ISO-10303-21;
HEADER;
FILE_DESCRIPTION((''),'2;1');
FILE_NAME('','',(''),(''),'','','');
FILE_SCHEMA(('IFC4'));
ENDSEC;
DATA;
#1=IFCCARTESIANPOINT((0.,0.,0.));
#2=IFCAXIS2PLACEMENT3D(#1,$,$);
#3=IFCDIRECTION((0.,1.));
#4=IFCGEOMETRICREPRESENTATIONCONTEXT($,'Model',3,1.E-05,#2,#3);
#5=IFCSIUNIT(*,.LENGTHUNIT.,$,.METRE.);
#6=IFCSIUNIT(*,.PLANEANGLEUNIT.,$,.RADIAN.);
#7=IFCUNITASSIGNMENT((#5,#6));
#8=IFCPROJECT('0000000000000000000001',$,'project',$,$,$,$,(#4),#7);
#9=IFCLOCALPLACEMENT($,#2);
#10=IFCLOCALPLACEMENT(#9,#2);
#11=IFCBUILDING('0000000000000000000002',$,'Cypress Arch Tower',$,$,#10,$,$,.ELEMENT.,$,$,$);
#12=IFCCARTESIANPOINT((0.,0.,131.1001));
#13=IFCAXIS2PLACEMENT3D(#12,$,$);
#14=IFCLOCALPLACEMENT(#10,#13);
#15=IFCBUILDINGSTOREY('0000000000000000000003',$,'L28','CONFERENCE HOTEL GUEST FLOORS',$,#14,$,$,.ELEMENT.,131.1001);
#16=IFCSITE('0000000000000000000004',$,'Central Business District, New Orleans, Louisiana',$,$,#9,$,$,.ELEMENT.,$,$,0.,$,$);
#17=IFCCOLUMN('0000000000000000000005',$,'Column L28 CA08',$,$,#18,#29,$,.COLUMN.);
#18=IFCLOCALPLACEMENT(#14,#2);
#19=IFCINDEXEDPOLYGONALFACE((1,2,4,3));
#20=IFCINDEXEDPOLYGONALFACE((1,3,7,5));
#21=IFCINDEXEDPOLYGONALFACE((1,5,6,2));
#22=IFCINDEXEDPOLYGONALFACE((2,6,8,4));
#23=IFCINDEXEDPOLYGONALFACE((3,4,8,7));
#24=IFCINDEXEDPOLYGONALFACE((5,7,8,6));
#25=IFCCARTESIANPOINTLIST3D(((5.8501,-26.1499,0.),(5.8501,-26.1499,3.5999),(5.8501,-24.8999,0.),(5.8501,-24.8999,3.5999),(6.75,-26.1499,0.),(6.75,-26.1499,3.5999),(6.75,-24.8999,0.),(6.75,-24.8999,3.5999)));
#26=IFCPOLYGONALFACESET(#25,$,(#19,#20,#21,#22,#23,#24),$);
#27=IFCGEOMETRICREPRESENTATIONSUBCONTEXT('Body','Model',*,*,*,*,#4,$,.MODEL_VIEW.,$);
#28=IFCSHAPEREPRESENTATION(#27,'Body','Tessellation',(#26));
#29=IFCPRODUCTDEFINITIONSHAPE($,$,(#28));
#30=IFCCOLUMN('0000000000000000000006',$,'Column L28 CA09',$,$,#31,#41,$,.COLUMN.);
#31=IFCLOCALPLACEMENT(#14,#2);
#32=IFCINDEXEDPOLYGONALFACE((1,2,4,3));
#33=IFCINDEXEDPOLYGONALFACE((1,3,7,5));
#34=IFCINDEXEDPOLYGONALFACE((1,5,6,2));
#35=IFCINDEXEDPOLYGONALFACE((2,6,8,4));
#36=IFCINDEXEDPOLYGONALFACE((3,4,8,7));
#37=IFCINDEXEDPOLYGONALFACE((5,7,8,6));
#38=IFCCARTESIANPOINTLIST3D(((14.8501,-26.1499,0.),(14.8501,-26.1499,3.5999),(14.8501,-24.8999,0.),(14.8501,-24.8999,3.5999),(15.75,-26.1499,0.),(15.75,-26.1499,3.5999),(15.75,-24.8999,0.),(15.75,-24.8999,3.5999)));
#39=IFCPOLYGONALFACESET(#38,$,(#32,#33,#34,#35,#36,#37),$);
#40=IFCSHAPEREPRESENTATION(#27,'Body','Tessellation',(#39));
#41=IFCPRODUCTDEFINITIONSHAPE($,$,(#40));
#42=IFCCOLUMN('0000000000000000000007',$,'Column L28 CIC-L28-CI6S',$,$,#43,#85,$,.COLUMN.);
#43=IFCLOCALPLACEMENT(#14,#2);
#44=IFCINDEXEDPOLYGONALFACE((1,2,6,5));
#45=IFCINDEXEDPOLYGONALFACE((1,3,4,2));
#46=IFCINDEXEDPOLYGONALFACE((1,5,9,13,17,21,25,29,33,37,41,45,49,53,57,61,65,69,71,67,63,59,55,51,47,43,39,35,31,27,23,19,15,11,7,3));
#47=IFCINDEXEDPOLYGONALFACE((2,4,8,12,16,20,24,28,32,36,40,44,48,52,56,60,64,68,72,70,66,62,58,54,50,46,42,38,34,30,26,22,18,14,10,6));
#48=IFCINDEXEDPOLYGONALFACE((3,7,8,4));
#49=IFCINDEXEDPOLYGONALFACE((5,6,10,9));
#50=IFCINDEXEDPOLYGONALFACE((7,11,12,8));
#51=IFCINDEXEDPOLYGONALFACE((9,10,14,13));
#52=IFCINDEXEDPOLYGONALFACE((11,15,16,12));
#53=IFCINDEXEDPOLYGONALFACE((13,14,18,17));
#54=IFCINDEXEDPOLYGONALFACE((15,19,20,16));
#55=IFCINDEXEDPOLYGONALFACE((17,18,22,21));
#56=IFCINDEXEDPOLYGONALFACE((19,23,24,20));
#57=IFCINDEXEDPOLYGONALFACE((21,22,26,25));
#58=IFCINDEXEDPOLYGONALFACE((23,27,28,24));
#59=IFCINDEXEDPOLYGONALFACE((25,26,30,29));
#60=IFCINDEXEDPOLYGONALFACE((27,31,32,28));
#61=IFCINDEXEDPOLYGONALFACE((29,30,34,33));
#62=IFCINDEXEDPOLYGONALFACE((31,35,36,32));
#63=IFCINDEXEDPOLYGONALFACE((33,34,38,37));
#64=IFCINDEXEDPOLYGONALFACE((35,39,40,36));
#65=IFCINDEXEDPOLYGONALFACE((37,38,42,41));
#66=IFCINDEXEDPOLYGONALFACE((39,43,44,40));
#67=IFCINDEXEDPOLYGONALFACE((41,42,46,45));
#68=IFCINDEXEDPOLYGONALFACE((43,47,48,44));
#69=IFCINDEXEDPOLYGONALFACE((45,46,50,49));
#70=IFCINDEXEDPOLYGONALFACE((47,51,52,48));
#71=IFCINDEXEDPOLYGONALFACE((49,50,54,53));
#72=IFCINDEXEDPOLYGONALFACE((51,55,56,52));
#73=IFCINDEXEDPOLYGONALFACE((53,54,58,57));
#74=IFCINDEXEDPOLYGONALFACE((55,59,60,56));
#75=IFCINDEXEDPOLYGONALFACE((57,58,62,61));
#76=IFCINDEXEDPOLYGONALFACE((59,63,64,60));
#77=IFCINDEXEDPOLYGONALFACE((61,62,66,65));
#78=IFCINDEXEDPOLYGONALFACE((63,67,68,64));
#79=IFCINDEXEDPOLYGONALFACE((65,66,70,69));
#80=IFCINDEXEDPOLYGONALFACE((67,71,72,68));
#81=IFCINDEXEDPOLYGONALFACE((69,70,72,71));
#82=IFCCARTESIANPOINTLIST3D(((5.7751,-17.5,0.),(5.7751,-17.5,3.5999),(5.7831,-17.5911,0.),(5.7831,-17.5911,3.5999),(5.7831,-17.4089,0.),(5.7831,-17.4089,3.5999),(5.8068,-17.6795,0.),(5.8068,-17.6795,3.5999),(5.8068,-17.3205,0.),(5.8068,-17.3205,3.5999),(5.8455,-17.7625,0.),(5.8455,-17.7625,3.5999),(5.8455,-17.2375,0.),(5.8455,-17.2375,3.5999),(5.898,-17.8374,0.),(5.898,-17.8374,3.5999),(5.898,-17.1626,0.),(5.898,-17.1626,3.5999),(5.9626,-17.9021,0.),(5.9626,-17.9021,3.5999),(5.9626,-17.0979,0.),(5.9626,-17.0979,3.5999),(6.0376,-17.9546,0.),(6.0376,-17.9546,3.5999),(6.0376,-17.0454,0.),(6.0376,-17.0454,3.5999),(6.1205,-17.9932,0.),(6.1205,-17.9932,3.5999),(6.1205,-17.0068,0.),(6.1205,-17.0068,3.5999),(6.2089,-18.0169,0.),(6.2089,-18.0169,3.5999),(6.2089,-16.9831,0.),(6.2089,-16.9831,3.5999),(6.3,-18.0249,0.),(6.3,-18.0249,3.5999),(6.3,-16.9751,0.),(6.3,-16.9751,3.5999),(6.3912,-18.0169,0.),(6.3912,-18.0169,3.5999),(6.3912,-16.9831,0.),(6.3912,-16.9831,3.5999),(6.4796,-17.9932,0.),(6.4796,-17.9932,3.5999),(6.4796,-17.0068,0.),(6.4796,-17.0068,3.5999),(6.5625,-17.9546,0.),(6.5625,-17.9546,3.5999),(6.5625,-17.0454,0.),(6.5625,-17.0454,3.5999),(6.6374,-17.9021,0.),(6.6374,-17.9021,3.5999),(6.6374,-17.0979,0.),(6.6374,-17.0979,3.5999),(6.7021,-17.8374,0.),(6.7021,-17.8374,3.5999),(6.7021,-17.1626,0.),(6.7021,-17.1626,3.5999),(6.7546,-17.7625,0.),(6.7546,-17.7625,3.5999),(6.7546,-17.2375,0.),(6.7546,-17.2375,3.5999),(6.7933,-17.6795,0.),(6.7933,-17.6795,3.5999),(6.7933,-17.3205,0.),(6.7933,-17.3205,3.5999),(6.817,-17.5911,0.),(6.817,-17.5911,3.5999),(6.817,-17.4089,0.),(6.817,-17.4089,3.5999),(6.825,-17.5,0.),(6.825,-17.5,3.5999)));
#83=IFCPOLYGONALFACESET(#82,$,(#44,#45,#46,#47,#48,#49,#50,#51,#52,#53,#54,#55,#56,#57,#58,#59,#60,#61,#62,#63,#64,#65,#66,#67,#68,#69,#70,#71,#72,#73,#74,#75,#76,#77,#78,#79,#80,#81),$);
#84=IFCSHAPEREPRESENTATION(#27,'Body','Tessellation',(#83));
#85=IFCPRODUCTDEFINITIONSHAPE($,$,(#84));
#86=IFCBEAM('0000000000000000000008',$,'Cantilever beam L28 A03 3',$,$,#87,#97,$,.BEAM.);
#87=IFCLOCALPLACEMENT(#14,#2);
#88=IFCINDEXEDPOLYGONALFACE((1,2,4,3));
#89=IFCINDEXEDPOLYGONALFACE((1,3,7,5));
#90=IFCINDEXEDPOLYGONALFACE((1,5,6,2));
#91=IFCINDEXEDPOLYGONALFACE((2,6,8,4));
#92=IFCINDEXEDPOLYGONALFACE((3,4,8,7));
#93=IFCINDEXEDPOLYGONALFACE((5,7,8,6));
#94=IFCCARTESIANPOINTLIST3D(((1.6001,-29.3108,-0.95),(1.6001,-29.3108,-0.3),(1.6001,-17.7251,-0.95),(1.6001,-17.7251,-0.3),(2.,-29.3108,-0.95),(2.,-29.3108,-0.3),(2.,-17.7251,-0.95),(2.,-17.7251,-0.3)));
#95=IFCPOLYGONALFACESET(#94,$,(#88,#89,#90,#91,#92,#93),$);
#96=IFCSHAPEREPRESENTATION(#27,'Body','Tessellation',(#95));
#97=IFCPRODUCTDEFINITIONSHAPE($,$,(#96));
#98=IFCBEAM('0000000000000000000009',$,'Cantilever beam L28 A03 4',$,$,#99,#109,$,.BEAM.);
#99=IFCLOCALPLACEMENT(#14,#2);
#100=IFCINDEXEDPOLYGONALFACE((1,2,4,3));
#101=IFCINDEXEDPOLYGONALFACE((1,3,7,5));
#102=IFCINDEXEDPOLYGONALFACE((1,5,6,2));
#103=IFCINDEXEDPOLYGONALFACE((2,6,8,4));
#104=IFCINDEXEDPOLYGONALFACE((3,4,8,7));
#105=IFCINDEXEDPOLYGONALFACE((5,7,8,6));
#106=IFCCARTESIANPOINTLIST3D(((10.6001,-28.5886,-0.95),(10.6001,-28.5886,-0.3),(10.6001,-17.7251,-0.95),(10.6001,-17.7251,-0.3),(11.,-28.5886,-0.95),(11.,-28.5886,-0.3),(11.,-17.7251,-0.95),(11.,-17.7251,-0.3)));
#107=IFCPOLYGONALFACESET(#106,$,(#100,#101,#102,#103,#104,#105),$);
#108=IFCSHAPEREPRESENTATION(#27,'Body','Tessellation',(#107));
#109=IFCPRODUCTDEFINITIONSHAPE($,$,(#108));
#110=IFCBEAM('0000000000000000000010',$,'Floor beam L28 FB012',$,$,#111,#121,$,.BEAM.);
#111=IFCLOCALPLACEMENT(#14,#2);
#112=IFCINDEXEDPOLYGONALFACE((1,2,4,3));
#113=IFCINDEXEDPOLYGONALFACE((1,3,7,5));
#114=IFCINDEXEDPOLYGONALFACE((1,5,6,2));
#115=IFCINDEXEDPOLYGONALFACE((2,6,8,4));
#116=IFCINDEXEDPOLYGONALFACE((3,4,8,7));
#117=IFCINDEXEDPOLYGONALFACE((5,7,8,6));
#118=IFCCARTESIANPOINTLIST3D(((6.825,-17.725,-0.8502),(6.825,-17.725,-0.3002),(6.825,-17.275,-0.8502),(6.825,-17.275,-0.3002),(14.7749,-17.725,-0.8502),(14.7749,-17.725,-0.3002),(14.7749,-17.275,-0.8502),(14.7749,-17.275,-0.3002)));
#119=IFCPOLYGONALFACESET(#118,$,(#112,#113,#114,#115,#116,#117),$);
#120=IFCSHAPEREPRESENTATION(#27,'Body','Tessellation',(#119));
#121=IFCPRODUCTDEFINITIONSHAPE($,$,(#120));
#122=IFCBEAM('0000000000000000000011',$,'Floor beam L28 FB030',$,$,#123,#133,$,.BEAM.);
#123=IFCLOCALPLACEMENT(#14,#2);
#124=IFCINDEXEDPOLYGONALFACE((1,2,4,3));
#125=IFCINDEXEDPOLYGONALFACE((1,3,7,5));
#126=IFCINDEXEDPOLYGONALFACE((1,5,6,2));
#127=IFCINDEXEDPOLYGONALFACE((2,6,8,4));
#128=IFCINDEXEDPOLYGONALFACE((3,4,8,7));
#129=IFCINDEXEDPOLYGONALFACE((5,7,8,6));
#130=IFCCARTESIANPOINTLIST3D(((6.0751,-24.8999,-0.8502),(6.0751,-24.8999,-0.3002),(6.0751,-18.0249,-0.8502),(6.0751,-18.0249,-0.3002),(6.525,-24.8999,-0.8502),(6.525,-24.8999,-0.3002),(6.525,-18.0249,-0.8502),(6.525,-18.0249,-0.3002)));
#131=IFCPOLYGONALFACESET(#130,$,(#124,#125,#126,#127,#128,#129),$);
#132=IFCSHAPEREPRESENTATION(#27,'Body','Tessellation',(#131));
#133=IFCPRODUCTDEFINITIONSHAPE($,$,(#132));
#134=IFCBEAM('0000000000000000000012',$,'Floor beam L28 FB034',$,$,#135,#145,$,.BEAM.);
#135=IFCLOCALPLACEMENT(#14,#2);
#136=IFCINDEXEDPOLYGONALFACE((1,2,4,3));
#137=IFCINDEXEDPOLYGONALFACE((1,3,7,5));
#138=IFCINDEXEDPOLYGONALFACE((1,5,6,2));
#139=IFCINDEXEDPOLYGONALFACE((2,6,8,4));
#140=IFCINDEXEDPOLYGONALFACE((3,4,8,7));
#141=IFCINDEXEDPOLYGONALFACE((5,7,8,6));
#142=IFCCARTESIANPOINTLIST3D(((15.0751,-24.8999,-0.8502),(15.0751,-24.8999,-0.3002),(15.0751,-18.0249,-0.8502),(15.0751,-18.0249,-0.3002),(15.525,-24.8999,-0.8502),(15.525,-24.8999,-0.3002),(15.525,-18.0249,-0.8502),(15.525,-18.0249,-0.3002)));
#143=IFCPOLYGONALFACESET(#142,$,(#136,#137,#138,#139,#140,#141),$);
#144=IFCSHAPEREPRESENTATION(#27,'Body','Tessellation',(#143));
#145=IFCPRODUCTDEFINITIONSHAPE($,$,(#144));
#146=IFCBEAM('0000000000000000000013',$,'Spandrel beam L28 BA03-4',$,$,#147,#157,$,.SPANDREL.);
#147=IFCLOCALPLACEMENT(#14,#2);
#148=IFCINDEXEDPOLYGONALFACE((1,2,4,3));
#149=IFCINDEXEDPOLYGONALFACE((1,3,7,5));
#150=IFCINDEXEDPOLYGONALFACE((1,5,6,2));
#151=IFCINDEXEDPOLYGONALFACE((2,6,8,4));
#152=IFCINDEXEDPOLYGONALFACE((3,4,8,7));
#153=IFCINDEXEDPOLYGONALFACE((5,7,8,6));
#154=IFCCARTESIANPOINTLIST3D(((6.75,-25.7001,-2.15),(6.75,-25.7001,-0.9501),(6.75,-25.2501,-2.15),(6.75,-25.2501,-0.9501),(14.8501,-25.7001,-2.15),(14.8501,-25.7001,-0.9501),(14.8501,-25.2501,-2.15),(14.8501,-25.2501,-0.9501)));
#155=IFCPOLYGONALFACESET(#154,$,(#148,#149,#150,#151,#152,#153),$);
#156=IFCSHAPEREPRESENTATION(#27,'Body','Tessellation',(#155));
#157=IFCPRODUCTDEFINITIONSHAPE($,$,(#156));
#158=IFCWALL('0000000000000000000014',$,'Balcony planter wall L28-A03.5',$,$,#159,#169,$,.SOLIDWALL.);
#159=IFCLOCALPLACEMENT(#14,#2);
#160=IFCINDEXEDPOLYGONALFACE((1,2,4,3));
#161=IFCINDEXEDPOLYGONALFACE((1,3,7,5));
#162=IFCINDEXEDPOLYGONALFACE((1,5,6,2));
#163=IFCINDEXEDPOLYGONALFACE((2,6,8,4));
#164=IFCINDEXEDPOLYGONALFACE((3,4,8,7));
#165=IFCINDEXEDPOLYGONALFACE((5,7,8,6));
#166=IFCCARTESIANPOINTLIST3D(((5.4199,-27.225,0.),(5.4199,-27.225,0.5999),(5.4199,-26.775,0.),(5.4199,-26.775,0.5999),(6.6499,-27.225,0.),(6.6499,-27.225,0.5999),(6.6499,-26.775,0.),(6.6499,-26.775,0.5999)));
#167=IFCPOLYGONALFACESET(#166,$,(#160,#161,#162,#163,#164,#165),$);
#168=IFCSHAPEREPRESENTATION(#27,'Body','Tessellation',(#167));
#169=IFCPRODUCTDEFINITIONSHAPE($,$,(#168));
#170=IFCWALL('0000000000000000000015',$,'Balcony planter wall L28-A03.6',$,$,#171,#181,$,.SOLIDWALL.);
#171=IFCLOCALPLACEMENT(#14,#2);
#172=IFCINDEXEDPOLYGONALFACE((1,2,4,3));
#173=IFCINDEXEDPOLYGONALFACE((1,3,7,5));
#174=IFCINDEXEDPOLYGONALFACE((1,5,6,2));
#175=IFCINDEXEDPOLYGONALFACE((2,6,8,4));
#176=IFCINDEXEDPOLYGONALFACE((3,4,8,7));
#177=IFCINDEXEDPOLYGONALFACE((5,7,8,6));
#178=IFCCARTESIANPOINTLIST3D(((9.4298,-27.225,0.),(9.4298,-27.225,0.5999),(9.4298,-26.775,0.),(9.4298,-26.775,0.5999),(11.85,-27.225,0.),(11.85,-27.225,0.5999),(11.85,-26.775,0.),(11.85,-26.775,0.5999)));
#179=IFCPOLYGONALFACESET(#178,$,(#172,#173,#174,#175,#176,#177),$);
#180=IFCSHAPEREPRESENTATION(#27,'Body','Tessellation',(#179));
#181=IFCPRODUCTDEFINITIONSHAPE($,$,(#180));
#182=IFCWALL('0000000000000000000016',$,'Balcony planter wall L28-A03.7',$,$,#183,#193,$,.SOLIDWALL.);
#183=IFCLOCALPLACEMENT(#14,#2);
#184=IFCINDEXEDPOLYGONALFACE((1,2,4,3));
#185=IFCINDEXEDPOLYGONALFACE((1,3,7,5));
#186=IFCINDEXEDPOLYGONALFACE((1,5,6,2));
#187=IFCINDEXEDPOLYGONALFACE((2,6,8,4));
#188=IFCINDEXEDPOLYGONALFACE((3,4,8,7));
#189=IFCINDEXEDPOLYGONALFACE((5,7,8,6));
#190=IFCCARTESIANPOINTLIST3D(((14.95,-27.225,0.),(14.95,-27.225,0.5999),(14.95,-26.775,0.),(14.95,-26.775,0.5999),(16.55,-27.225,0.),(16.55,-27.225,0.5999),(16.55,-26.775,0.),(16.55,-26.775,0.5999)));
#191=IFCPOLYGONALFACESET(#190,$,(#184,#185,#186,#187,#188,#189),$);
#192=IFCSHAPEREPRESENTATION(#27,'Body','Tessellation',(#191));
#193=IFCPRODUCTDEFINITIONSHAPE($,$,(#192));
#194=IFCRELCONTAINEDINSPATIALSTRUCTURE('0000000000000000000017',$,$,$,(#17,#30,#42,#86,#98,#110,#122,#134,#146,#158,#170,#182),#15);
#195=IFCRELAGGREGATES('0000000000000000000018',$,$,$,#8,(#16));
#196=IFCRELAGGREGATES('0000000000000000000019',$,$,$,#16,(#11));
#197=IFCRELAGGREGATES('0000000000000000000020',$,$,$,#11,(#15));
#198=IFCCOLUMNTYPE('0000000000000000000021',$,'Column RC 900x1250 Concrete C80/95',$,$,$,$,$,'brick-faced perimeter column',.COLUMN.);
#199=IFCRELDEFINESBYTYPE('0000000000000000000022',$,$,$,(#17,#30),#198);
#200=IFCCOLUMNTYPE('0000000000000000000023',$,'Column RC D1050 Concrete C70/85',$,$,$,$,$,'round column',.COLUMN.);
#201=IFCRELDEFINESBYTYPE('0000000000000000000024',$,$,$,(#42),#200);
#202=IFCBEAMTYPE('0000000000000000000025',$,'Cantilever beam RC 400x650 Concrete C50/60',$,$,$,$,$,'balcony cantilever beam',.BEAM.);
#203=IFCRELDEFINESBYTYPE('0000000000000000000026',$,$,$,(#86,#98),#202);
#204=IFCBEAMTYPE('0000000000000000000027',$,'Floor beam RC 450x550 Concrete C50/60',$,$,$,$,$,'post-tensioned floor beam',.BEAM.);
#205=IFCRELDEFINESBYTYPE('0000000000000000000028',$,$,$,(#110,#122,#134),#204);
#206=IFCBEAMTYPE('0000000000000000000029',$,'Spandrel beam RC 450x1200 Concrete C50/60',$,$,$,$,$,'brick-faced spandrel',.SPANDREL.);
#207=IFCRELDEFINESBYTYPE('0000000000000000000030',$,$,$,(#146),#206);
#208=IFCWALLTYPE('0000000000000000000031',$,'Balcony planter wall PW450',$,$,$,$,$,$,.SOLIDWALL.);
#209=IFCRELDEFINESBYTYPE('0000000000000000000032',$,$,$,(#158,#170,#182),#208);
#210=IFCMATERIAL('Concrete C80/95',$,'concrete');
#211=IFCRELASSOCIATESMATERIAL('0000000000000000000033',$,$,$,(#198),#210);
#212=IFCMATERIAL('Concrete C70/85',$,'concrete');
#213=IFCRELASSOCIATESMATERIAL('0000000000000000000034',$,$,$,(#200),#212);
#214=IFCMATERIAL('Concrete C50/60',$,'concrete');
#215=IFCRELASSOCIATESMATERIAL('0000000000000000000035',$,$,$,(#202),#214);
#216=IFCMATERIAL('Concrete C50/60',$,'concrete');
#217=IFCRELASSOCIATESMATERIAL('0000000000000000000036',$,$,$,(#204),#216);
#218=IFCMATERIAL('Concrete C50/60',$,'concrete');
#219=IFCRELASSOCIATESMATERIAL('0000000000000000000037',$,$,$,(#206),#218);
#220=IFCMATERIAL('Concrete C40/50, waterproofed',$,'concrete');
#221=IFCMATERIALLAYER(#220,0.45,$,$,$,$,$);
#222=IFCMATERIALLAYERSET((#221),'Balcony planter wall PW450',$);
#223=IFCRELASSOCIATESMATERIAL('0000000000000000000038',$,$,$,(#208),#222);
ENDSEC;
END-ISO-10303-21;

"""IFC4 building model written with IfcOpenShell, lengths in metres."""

from ifc_helpers import new_model, si_unit, direction, frame, frame_2d, origin, origin_2d, place, context, subcontext, project, spatial, rectangle, circle, extrude, material, layer, layer_set, material_profile, profile_set, type_object, element, save


model = new_model("IFC4")

# Units and contexts
model_context = context("Model", 3, precision=1e-05, world=origin(), true_north=direction((0.0, 1.0)))
body_context = subcontext(model_context, "Body", "Model", "MODEL_VIEW")
ifc_project = project(units=[si_unit("LENGTHUNIT", "METRE"), si_unit("PLANEANGLEUNIT", "RADIAN")], contexts=[model_context])

# Site, building, storey
site_placement = place(None, origin())
site = spatial("IfcSite", under=ifc_project, at=site_placement, Name="Central Business District, New Orleans, Louisiana", CompositionType="ELEMENT", RefElevation=0.0)
building_placement = place(site_placement, origin())
building = spatial("IfcBuilding", under=site, at=building_placement, Name="Cypress Arch Tower", CompositionType="ELEMENT")
storey_placement = place(building_placement, frame((0.0, 0.0, 131.1001)))
storey = spatial("IfcBuildingStorey", under=building, at=storey_placement, Name="L28", Description="CONFERENCE HOTEL GUEST FLOORS", CompositionType="ELEMENT", Elevation=131.1001)

# Columns
ifc_material_1 = material(Name="Concrete C80/95", Category="concrete")
ifc_material_profile_1 = material_profile(ifc_material_1, rectangle(XDim=0.8999, YDim=1.25, at=origin_2d()), Name="RC 900x1250")
ifc_profile_set_1 = profile_set([ifc_material_profile_1], Name="Concrete C80/95")
column_type_1 = type_object("IfcColumnType", Name="Column RC 900x1250 Concrete C80/95", ElementType="brick-faced perimeter column", PredefinedType="COLUMN", material=ifc_profile_set_1)
for number, where, z_axis, x_axis, name in (
    (1, (6.3, -25.5249, 0.0), (0.0, 0.0, 1.0), (1.0, 0.0, 0.0), "Column L28 CA08"),
    (2, (15.3, -25.5249, 0.0), (0.0, 0.0, 1.0), (1.0, 0.0, 0.0), "Column L28 CA09"),
):
    element("IfcColumn", number, at=place(storey_placement, frame(where, z_axis=z_axis, x_axis=x_axis)), inside=storey, type_object=column_type_1, Name=name, PredefinedType="COLUMN", context=body_context, shape_type="SweptSolid", body=[
        extrude(rectangle(XDim=0.8999, YDim=1.25, at=origin_2d()), origin(), (0.0, 0.0, 1.0), 3.5999),
    ])
ifc_material_2 = material(Name="Concrete C70/85", Category="concrete")
ifc_material_profile_2 = material_profile(ifc_material_2, circle(Radius=0.5249, at=origin_2d()), Name="RC D1050")
ifc_profile_set_2 = profile_set([ifc_material_profile_2], Name="Concrete C70/85")
column_type_2 = type_object("IfcColumnType", Name="Column RC D1050 Concrete C70/85", ElementType="round column", PredefinedType="COLUMN", material=ifc_profile_set_2)
column_placement = place(storey_placement, frame((6.3, -17.5, 0.0), z_axis=(0.0, 0.0, 1.0), x_axis=(1.0, 0.0, 0.0)))
element("IfcColumn", 3, at=column_placement, inside=storey, type_object=column_type_2, Name="Column L28 CIC-L28-CI6S", PredefinedType="COLUMN", context=body_context, shape_type="SweptSolid", body=[
    extrude(circle(Radius=0.5249, at=origin_2d()), origin(), (0.0, 0.0, 1.0), 3.5999),
])

# Beams
ifc_material_3 = material(Name="Concrete C50/60", Category="concrete")
ifc_material_profile_3 = material_profile(ifc_material_3, rectangle(XDim=0.3999, YDim=0.6499, at=origin_2d()), Name="RC 400x650")
ifc_profile_set_3 = profile_set([ifc_material_profile_3], Name="Concrete C50/60")
beam_type_1 = type_object("IfcBeamType", Name="Cantilever beam RC 400x650 Concrete C50/60", ElementType="balcony cantilever beam", PredefinedType="BEAM", material=ifc_profile_set_3)
beam_1_placement = place(storey_placement, frame((1.8, -17.7251, -0.625), z_axis=(0.0, -1.0, 0.0), x_axis=(1.0, 0.0, 0.0)))
element("IfcBeam", 4, at=beam_1_placement, inside=storey, type_object=beam_type_1, Name="Cantilever beam L28 A03 3", PredefinedType="BEAM", context=body_context, shape_type="SweptSolid", body=[
    extrude(rectangle(XDim=0.3999, YDim=0.6499, at=origin_2d()), origin(), (0.0, 0.0, 1.0), 11.5857),
])
beam_2_placement = place(storey_placement, frame((10.8, -17.7251, -0.625), z_axis=(0.0, -1.0, 0.0), x_axis=(1.0, 0.0, 0.0)))
element("IfcBeam", 5, at=beam_2_placement, inside=storey, type_object=beam_type_1, Name="Cantilever beam L28 A03 4", PredefinedType="BEAM", context=body_context, shape_type="SweptSolid", body=[
    extrude(rectangle(XDim=0.3999, YDim=0.6499, at=origin_2d()), origin(), (0.0, 0.0, 1.0), 10.8635),
])
ifc_material_4 = material(Name="Concrete C50/60", Category="concrete")
ifc_material_profile_4 = material_profile(ifc_material_4, rectangle(XDim=0.45, YDim=0.55, at=origin_2d()), Name="RC 450x550")
ifc_profile_set_4 = profile_set([ifc_material_profile_4], Name="Concrete C50/60")
beam_type_2 = type_object("IfcBeamType", Name="Floor beam RC 450x550 Concrete C50/60", ElementType="post-tensioned floor beam", PredefinedType="BEAM", material=ifc_profile_set_4)
beam_3_placement = place(storey_placement, frame((6.825, -17.5, -0.5752), z_axis=(1.0, 0.0, 0.0), x_axis=(0.0, 1.0, 0.0)))
element("IfcBeam", 6, at=beam_3_placement, inside=storey, type_object=beam_type_2, Name="Floor beam L28 FB012", PredefinedType="BEAM", context=body_context, shape_type="SweptSolid", body=[
    extrude(rectangle(XDim=0.45, YDim=0.55, at=origin_2d()), origin(), (0.0, 0.0, 1.0), 7.95),
])
for number, where, z_axis, x_axis, name in (
    (7, (6.3, -24.8999, -0.5752), (0.0, 1.0, 0.0), (-1.0, 0.0, 0.0), "Floor beam L28 FB030"),
    (8, (15.3, -24.8999, -0.5752), (0.0, 1.0, 0.0), (-1.0, 0.0, 0.0), "Floor beam L28 FB034"),
):
    element("IfcBeam", number, at=place(storey_placement, frame(where, z_axis=z_axis, x_axis=x_axis)), inside=storey, type_object=beam_type_2, Name=name, PredefinedType="BEAM", context=body_context, shape_type="SweptSolid", body=[
        extrude(rectangle(XDim=0.45, YDim=0.55, at=origin_2d()), origin(), (0.0, 0.0, 1.0), 6.875),
    ])
ifc_material_5 = material(Name="Concrete C50/60", Category="concrete")
ifc_material_profile_5 = material_profile(ifc_material_5, rectangle(XDim=0.45, YDim=1.2, at=origin_2d()), Name="RC 450x1200")
ifc_profile_set_5 = profile_set([ifc_material_profile_5], Name="Concrete C50/60")
beam_type_3 = type_object("IfcBeamType", Name="Spandrel beam RC 450x1200 Concrete C50/60", ElementType="brick-faced spandrel", PredefinedType="SPANDREL", material=ifc_profile_set_5)
beam_4_placement = place(storey_placement, frame((6.75, -25.4751, -1.55), z_axis=(1.0, 0.0, 0.0), x_axis=(0.0, 1.0, 0.0)))
element("IfcBeam", 9, at=beam_4_placement, inside=storey, type_object=beam_type_3, Name="Spandrel beam L28 BA03-4", PredefinedType="SPANDREL", context=body_context, shape_type="SweptSolid", body=[
    extrude(rectangle(XDim=0.45, YDim=1.2, at=origin_2d()), origin(), (0.0, 0.0, 1.0), 8.1001),
])

# Walls
ifc_material_6 = material(Name="Concrete C40/50, waterproofed", Category="concrete")
ifc_layer_1 = layer(ifc_material_6, 0.45)
ifc_layer_set_1 = layer_set([ifc_layer_1], Name="Balcony planter wall PW450")
wall_type_1 = type_object("IfcWallType", Name="Balcony planter wall PW450", PredefinedType="SOLIDWALL", material=ifc_layer_set_1)
wall_1_placement = place(storey_placement, frame((5.4199, -27.0, 0.0), z_axis=(0.0, 0.0, 1.0), x_axis=(1.0, 0.0, 0.0)))
element("IfcWall", 10, at=wall_1_placement, inside=storey, type_object=wall_type_1, Name="Balcony planter wall L28-A03.5", PredefinedType="SOLIDWALL", context=body_context, shape_type="SweptSolid", body=[
    extrude(rectangle(XDim=1.23, YDim=0.45, at=frame_2d((0.615, 0.0))), origin(), (0.0, 0.0, 1.0), 0.5999),
])
wall_2_placement = place(storey_placement, frame((9.4299, -27.0, 0.0), z_axis=(0.0, 0.0, 1.0), x_axis=(1.0, 0.0, 0.0)))
element("IfcWall", 11, at=wall_2_placement, inside=storey, type_object=wall_type_1, Name="Balcony planter wall L28-A03.6", PredefinedType="SOLIDWALL", context=body_context, shape_type="SweptSolid", body=[
    extrude(rectangle(XDim=2.4202, YDim=0.45, at=frame_2d((1.21, 0.0))), origin(), (0.0, 0.0, 1.0), 0.5999),
])
wall_3_placement = place(storey_placement, frame((14.95, -27.0, 0.0), z_axis=(0.0, 0.0, 1.0), x_axis=(1.0, 0.0, 0.0)))
element("IfcWall", 12, at=wall_3_placement, inside=storey, type_object=wall_type_1, Name="Balcony planter wall L28-A03.7", PredefinedType="SOLIDWALL", context=body_context, shape_type="SweptSolid", body=[
    extrude(rectangle(XDim=1.6001, YDim=0.45, at=frame_2d((0.8, 0.0))), origin(), (0.0, 0.0, 1.0), 0.5999),
])

save(model, "model.ifc")
